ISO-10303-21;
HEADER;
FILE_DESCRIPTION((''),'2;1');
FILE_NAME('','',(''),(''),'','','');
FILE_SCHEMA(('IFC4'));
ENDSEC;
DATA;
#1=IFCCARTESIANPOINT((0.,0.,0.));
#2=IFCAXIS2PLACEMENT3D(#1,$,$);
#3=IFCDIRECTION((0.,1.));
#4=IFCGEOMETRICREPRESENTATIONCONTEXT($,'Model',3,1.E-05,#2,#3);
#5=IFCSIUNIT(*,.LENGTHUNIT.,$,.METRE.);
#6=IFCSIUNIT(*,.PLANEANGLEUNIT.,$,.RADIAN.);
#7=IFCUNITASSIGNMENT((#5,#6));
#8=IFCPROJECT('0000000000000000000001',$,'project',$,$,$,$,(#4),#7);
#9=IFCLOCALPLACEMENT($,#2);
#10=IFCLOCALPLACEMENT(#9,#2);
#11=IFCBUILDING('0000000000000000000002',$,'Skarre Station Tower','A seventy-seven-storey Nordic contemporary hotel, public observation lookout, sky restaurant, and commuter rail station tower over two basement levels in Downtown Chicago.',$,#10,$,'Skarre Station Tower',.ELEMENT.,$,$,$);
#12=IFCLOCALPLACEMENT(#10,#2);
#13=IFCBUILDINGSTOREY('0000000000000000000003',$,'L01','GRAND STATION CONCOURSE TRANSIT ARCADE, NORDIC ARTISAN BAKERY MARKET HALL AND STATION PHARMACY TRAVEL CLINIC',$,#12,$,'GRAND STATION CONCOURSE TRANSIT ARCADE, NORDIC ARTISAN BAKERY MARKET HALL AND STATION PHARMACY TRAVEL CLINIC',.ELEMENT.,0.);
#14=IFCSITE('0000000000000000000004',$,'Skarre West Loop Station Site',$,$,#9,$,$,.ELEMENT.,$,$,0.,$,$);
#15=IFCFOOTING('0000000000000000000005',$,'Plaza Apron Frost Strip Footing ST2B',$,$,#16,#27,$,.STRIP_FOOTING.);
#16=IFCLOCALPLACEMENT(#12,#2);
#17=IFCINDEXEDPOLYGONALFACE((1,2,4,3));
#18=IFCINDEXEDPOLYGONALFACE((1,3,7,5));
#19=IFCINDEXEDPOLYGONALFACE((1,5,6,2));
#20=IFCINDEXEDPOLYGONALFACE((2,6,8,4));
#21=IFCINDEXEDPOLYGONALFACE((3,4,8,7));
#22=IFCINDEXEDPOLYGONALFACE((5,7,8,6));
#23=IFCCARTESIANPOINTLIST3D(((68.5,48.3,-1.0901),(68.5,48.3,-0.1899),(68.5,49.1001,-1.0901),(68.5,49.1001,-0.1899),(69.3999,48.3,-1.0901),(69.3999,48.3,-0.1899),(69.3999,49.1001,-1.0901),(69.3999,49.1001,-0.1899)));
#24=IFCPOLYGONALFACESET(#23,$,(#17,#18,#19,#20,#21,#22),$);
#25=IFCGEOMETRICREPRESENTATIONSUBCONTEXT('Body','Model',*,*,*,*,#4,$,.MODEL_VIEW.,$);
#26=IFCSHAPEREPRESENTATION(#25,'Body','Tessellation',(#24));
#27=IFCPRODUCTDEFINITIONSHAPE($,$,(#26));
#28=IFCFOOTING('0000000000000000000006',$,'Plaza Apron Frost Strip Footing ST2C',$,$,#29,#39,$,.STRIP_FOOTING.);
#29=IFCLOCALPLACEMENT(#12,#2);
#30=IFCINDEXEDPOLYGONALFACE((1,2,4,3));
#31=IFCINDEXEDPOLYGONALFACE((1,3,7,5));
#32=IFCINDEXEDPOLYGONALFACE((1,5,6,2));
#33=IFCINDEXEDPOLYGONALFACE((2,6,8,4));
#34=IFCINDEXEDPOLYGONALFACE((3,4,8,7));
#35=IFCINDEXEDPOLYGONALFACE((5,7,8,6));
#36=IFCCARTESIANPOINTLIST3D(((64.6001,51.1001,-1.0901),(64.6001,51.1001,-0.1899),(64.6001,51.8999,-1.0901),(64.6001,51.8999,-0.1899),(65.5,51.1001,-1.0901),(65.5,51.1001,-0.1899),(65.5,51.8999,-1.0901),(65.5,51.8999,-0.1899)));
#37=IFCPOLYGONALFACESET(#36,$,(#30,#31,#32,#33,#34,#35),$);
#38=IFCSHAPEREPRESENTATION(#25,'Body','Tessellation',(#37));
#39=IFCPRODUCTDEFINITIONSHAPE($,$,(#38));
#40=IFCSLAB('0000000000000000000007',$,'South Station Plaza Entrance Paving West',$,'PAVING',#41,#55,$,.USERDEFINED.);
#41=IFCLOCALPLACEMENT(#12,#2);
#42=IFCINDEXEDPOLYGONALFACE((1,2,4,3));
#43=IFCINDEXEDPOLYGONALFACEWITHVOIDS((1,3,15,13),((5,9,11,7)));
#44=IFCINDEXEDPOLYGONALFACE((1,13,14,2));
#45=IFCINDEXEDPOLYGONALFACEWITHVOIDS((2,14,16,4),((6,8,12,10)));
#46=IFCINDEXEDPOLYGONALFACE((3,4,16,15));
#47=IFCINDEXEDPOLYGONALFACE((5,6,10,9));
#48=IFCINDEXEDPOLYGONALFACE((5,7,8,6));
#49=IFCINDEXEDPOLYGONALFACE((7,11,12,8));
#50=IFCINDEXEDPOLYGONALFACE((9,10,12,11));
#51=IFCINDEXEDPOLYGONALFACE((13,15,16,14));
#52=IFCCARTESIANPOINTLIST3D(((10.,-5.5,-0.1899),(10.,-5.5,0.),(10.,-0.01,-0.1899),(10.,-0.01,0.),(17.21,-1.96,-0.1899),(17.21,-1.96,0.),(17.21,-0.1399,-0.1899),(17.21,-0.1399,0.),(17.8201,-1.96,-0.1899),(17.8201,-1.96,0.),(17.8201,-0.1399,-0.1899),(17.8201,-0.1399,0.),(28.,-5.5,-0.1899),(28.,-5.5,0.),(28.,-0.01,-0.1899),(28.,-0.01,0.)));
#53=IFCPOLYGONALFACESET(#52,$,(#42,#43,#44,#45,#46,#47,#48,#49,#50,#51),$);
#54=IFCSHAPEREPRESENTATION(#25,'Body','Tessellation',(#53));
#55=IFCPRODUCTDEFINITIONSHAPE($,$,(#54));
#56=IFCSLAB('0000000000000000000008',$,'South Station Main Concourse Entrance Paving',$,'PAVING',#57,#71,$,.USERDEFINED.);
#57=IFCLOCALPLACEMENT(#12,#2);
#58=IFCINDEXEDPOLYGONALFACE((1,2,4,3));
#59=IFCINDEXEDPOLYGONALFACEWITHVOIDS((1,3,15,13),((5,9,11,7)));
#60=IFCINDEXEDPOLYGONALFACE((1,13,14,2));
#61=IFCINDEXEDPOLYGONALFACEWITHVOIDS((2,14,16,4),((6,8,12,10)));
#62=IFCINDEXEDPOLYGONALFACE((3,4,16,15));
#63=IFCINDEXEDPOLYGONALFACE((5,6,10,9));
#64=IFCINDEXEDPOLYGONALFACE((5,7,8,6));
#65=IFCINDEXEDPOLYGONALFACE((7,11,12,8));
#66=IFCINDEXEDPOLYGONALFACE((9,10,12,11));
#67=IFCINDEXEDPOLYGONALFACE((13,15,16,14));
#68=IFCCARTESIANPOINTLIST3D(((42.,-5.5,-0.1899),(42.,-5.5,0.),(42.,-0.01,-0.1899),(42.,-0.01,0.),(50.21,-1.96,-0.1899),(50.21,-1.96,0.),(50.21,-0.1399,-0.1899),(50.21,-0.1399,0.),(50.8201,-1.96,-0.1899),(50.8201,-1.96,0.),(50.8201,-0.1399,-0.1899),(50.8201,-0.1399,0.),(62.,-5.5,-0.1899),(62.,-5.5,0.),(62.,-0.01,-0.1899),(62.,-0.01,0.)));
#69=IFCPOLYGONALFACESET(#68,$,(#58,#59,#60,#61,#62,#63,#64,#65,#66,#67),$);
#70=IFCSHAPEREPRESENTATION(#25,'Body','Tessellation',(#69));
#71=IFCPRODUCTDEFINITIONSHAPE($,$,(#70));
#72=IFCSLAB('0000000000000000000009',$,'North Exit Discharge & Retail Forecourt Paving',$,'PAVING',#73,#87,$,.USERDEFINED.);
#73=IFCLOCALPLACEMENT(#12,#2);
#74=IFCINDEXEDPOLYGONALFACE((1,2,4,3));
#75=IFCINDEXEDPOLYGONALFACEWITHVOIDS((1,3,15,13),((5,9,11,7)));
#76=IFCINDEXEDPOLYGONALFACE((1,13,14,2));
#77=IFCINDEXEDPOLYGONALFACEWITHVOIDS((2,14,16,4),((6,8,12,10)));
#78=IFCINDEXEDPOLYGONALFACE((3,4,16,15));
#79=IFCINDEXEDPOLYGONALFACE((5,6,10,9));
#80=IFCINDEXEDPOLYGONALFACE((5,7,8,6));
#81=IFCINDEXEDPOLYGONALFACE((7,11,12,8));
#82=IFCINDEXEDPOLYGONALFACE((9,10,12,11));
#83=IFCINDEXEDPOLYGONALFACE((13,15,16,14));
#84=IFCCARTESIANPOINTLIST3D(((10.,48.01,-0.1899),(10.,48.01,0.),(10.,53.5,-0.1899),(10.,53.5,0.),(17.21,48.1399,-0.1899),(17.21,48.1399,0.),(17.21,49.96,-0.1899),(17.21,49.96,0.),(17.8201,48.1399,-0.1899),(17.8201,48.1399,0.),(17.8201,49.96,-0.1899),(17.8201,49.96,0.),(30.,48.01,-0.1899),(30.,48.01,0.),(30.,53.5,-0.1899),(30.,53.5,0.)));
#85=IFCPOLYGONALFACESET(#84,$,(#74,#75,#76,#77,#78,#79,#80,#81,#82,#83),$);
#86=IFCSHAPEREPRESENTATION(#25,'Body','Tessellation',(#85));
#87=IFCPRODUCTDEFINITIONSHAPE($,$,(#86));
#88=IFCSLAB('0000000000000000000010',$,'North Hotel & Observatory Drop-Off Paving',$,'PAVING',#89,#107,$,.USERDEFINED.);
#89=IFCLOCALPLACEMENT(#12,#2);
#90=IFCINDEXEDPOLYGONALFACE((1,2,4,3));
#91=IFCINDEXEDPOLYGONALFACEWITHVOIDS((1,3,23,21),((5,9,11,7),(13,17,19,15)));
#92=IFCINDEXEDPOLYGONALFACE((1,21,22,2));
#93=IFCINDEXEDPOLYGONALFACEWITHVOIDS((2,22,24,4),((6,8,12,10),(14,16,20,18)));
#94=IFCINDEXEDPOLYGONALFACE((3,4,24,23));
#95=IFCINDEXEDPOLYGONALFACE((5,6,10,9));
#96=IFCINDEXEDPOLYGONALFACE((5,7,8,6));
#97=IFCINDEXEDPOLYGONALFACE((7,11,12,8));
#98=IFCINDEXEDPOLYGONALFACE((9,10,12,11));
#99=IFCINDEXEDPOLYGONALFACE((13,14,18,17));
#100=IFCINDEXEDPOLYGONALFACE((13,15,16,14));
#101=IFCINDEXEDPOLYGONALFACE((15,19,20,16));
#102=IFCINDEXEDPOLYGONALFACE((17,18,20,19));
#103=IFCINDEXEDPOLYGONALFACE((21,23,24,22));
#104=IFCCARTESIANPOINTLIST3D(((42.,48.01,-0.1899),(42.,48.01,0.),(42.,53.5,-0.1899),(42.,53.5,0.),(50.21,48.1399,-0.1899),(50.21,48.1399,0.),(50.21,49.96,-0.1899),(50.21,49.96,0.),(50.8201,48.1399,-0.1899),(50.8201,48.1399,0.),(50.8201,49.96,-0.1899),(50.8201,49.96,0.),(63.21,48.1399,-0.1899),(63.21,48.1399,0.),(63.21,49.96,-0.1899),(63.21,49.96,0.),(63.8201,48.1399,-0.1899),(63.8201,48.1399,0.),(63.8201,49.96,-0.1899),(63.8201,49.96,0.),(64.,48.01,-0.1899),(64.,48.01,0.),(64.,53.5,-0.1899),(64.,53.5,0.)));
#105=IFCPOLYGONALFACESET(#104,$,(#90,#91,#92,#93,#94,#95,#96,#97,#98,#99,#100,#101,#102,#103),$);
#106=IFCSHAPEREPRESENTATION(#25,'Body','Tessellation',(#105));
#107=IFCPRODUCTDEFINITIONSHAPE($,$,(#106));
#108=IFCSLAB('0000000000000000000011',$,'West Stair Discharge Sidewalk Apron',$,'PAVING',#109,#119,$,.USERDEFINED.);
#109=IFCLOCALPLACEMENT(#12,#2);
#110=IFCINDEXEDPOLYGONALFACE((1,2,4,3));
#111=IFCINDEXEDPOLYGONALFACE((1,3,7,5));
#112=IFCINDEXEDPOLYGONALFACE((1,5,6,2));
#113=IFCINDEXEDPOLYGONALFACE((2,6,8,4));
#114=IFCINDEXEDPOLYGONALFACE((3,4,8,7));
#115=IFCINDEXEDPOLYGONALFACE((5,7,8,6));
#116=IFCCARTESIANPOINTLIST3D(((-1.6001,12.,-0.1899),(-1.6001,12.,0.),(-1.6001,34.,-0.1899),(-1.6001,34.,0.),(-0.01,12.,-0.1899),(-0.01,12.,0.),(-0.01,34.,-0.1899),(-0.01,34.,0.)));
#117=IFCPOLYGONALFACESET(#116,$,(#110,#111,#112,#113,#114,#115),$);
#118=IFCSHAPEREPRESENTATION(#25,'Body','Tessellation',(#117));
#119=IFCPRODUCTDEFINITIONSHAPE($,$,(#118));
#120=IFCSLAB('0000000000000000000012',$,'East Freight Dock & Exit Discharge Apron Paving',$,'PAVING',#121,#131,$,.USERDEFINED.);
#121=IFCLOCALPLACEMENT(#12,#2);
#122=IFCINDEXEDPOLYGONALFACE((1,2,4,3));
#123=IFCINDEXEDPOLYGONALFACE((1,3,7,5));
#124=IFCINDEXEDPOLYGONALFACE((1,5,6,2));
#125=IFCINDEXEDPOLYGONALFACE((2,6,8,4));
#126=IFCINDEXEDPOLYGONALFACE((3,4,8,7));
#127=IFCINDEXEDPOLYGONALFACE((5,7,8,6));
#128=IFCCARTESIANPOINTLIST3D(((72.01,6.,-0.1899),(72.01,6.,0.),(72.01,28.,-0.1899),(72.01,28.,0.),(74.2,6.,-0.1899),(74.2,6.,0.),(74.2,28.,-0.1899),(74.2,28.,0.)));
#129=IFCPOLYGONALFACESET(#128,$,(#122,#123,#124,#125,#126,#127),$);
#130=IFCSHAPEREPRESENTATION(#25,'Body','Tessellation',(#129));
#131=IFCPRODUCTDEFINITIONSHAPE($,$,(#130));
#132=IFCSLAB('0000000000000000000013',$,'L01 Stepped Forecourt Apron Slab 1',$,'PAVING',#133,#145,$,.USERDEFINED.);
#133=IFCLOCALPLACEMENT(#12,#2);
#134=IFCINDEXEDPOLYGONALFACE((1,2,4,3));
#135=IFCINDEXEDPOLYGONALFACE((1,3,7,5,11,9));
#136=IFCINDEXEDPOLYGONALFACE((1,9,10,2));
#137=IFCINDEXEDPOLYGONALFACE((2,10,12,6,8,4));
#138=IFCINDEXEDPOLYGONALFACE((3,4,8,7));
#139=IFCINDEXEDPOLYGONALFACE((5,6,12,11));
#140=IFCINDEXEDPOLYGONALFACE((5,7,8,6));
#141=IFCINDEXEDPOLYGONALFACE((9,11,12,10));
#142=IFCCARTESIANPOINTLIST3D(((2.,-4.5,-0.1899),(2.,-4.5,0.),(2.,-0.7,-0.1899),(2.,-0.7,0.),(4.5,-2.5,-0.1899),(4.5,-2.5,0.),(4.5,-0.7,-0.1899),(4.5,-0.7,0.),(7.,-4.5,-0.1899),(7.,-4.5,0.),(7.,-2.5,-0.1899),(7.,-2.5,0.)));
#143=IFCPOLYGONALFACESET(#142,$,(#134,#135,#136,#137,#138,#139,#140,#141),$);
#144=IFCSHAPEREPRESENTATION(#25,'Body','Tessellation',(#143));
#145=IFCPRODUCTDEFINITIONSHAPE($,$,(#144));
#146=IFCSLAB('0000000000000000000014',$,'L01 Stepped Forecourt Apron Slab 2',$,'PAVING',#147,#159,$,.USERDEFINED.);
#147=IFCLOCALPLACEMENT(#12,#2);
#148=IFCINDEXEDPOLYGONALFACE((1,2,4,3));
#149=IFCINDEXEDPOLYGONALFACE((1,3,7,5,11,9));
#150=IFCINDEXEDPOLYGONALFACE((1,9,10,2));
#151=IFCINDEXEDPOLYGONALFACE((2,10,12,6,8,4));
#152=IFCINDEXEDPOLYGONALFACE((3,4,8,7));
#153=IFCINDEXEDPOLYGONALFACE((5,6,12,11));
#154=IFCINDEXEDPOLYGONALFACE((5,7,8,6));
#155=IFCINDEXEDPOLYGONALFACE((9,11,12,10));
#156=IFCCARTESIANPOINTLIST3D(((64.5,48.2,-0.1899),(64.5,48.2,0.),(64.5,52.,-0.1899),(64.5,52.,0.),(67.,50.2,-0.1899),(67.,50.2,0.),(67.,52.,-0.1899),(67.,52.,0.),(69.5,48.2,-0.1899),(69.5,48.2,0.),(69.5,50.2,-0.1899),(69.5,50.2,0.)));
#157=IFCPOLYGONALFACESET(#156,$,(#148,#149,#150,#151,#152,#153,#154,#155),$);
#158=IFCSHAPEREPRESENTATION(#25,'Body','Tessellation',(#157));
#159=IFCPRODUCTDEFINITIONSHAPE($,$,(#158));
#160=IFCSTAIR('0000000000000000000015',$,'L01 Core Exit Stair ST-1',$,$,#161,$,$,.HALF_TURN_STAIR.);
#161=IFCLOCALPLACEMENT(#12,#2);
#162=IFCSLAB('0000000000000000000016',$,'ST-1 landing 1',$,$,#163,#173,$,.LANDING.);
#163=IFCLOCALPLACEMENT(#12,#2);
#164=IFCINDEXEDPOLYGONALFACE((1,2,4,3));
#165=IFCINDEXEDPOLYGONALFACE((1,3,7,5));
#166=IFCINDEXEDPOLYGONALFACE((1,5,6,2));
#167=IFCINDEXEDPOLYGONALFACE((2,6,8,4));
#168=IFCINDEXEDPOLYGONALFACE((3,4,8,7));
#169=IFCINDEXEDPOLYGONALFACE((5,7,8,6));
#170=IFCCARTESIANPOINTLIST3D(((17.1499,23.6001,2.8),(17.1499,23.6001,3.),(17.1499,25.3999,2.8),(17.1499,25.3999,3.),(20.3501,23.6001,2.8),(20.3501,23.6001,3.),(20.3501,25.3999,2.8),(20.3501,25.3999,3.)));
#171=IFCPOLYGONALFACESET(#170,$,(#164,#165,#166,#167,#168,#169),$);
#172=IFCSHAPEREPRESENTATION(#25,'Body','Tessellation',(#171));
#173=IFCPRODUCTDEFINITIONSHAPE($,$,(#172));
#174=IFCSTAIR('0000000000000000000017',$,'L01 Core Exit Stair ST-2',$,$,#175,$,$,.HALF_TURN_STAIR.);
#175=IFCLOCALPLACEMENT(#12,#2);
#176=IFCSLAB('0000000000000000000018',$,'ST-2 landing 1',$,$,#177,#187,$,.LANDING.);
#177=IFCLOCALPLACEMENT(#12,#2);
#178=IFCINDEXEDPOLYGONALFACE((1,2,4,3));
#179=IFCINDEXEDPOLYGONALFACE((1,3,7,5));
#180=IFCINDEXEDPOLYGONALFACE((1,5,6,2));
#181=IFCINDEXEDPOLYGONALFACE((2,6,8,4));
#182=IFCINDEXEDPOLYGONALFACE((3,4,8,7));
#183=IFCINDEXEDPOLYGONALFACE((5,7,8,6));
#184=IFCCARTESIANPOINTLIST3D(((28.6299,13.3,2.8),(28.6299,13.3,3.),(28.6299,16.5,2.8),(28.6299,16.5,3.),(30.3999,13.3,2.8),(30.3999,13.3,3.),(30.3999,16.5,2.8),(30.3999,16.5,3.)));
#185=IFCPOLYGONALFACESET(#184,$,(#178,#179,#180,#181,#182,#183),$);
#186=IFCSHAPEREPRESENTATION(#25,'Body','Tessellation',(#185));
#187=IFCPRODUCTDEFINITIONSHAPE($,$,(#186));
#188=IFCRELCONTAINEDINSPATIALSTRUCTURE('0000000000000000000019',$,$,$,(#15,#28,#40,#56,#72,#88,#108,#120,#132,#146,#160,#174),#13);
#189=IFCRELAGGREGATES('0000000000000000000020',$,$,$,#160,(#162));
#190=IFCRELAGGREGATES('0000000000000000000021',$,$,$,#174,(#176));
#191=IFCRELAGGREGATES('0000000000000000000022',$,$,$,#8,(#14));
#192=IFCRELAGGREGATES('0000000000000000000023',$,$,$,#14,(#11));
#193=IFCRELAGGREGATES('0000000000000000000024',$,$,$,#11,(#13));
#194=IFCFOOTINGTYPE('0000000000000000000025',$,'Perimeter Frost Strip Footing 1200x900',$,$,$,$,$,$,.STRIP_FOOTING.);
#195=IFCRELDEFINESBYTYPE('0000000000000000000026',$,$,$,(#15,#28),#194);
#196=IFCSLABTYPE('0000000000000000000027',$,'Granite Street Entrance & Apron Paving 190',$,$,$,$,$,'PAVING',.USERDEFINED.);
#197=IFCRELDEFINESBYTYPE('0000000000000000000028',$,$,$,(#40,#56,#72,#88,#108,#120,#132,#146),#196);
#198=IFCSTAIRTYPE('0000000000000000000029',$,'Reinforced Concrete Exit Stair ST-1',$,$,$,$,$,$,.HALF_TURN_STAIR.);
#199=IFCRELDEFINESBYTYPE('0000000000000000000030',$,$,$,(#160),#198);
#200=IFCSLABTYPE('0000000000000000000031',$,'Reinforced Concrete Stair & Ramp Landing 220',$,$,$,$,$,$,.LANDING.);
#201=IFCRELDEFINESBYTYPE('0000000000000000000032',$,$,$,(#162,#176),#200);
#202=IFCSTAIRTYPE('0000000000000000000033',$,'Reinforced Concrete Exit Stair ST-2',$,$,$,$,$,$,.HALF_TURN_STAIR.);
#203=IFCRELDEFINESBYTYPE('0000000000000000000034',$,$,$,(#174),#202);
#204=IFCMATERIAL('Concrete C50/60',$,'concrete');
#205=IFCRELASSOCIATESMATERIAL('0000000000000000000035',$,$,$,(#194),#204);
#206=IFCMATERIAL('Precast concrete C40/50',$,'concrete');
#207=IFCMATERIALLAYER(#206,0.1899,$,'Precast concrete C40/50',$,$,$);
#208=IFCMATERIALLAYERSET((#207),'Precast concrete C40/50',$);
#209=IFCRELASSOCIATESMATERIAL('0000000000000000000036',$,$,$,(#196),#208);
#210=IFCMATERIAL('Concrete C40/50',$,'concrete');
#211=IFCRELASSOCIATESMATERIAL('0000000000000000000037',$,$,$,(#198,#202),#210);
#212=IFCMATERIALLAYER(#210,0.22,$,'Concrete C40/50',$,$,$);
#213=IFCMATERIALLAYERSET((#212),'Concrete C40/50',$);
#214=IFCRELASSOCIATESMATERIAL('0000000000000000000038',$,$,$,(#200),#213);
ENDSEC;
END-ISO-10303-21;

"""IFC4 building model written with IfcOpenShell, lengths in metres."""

from ifc_helpers import new_model, si_unit, direction, frame, origin, place, context, subcontext, project, spatial, polyline, outline, extrude, material, layer, layer_set, type_object, element, aggregate, save


model = new_model("IFC4")

# Units and contexts
model_context = context("Model", 3, precision=1e-05, world=origin(), true_north=direction((0.0, 1.0)))
body_context = subcontext(model_context, "Body", "Model", "MODEL_VIEW")
ifc_project = project(units=[si_unit("LENGTHUNIT", "METRE"), si_unit("PLANEANGLEUNIT", "RADIAN")], contexts=[model_context])

# Site, building, storey
site_placement = place(None, origin())
site = spatial("IfcSite", under=ifc_project, at=site_placement, Name="Skarre West Loop Station Site", CompositionType="ELEMENT", RefElevation=0.0)
building_placement = place(site_placement, origin())
building = spatial("IfcBuilding", under=site, at=building_placement, Name="Skarre Station Tower", Description="A seventy-seven-storey Nordic contemporary hotel, public observation lookout, sky restaurant, and commuter rail station tower over two basement levels in Downtown Chicago.", LongName="Skarre Station Tower", CompositionType="ELEMENT")
storey_placement = place(building_placement, origin())
storey = spatial("IfcBuildingStorey", under=building, at=storey_placement, Name="L01", Description="GRAND STATION CONCOURSE TRANSIT ARCADE, NORDIC ARTISAN BAKERY MARKET HALL AND STATION PHARMACY TRAVEL CLINIC", LongName="GRAND STATION CONCOURSE TRANSIT ARCADE, NORDIC ARTISAN BAKERY MARKET HALL AND STATION PHARMACY TRAVEL CLINIC", CompositionType="ELEMENT", Elevation=0.0)

# Footings
ifc_material_1 = material(Name="Concrete C50/60", Category="concrete")
footing_type = type_object("IfcFootingType", Name="Perimeter Frost Strip Footing 1200x900", PredefinedType="STRIP_FOOTING", material=ifc_material_1)
footing_1_placement = place(storey_placement, frame((0.0, 0.0, -1.0901)))
element("IfcFooting", 1, at=footing_1_placement, inside=storey, type_object=footing_type, Name="Plaza Apron Frost Strip Footing ST2B", PredefinedType="STRIP_FOOTING", context=body_context, shape_type="SweptSolid", body=[
    extrude(outline(polyline([(68.5, 48.3), (69.3999, 48.3), (69.3999, 49.1001), (68.5, 49.1001), (68.5, 48.3)])), origin(), (0.0, 0.0, 1.0), 0.9001),
])
footing_2_placement = place(storey_placement, frame((0.0, 0.0, -1.0901)))
element("IfcFooting", 2, at=footing_2_placement, inside=storey, type_object=footing_type, Name="Plaza Apron Frost Strip Footing ST2C", PredefinedType="STRIP_FOOTING", context=body_context, shape_type="SweptSolid", body=[
    extrude(outline(polyline([(64.6001, 51.1001), (65.5, 51.1001), (65.5, 51.8999), (64.6001, 51.8999), (64.6001, 51.1001)])), origin(), (0.0, 0.0, 1.0), 0.9001),
])

# Slabs
ifc_material_2 = material(Name="Precast concrete C40/50", Category="concrete")
ifc_layer_1 = layer(ifc_material_2, 0.1899, Name="Precast concrete C40/50")
ifc_layer_set_1 = layer_set([ifc_layer_1], Name="Precast concrete C40/50")
slab_type_1 = type_object("IfcSlabType", Name="Granite Street Entrance & Apron Paving 190", ElementType="PAVING", PredefinedType="USERDEFINED", material=ifc_layer_set_1)
slab_1_placement = place(storey_placement, frame((0.0, 0.0, -0.1899)))
element("IfcSlab", 3, at=slab_1_placement, inside=storey, type_object=slab_type_1, Name="South Station Plaza Entrance Paving West", ObjectType="PAVING", PredefinedType="USERDEFINED", context=body_context, shape_type="SweptSolid", body=[
    extrude(outline(polyline([(10.0, -5.5), (28.0, -5.5), (28.0, -0.01), (10.0, -0.01), (10.0, -5.5)]), holes=[polyline([(17.21, -0.1399), (17.8201, -0.1399), (17.8201, -1.96), (17.21, -1.96), (17.21, -0.1399)])]), origin(), (0.0, 0.0, 1.0), 0.1899),
])
slab_2_placement = place(storey_placement, frame((0.0, 0.0, -0.1899)))
element("IfcSlab", 4, at=slab_2_placement, inside=storey, type_object=slab_type_1, Name="South Station Main Concourse Entrance Paving", ObjectType="PAVING", PredefinedType="USERDEFINED", context=body_context, shape_type="SweptSolid", body=[
    extrude(outline(polyline([(42.0, -5.5), (62.0, -5.5), (62.0, -0.01), (42.0, -0.01), (42.0, -5.5)]), holes=[polyline([(50.21, -0.1399), (50.8201, -0.1399), (50.8201, -1.96), (50.21, -1.96), (50.21, -0.1399)])]), origin(), (0.0, 0.0, 1.0), 0.1899),
])
slab_3_placement = place(storey_placement, frame((0.0, 0.0, -0.1899)))
element("IfcSlab", 5, at=slab_3_placement, inside=storey, type_object=slab_type_1, Name="North Exit Discharge & Retail Forecourt Paving", ObjectType="PAVING", PredefinedType="USERDEFINED", context=body_context, shape_type="SweptSolid", body=[
    extrude(outline(polyline([(10.0, 48.01), (30.0, 48.01), (30.0, 53.5), (10.0, 53.5), (10.0, 48.01)]), holes=[polyline([(17.21, 49.96), (17.8201, 49.96), (17.8201, 48.1399), (17.21, 48.1399), (17.21, 49.96)])]), origin(), (0.0, 0.0, 1.0), 0.1899),
])
slab_4_placement = place(storey_placement, frame((0.0, 0.0, -0.1899)))
element("IfcSlab", 6, at=slab_4_placement, inside=storey, type_object=slab_type_1, Name="North Hotel & Observatory Drop-Off Paving", ObjectType="PAVING", PredefinedType="USERDEFINED", context=body_context, shape_type="SweptSolid", body=[
    extrude(outline(polyline([(42.0, 48.01), (64.0, 48.01), (64.0, 53.5), (42.0, 53.5), (42.0, 48.01)]), holes=[polyline([(50.21, 49.96), (50.8201, 49.96), (50.8201, 48.1399), (50.21, 48.1399), (50.21, 49.96)]), polyline([(63.21, 49.96), (63.8201, 49.96), (63.8201, 48.1399), (63.21, 48.1399), (63.21, 49.96)])]), origin(), (0.0, 0.0, 1.0), 0.1899),
])
slab_5_placement = place(storey_placement, frame((0.0, 0.0, -0.1899)))
element("IfcSlab", 7, at=slab_5_placement, inside=storey, type_object=slab_type_1, Name="West Stair Discharge Sidewalk Apron", ObjectType="PAVING", PredefinedType="USERDEFINED", context=body_context, shape_type="SweptSolid", body=[
    extrude(outline(polyline([(-1.6001, 12.0), (-0.01, 12.0), (-0.01, 34.0), (-1.6001, 34.0), (-1.6001, 12.0)])), origin(), (0.0, 0.0, 1.0), 0.1899),
])
slab_6_placement = place(storey_placement, frame((0.0, 0.0, -0.1899)))
element("IfcSlab", 8, at=slab_6_placement, inside=storey, type_object=slab_type_1, Name="East Freight Dock & Exit Discharge Apron Paving", ObjectType="PAVING", PredefinedType="USERDEFINED", context=body_context, shape_type="SweptSolid", body=[
    extrude(outline(polyline([(72.01, 6.0), (74.2, 6.0), (74.2, 28.0), (72.01, 28.0), (72.01, 6.0)])), origin(), (0.0, 0.0, 1.0), 0.1899),
])
slab_7_placement = place(storey_placement, frame((0.0, 0.0, -0.1899)))
element("IfcSlab", 9, at=slab_7_placement, inside=storey, type_object=slab_type_1, Name="L01 Stepped Forecourt Apron Slab 1", ObjectType="PAVING", PredefinedType="USERDEFINED", context=body_context, shape_type="SweptSolid", body=[
    extrude(outline(polyline([(2.0, -4.5), (7.0, -4.5), (7.0, -2.5), (4.5, -2.5), (4.5, -0.7), (2.0, -0.7), (2.0, -4.5)])), origin(), (0.0, 0.0, 1.0), 0.1899),
])
slab_8_placement = place(storey_placement, frame((0.0, 0.0, -0.1899)))
element("IfcSlab", 10, at=slab_8_placement, inside=storey, type_object=slab_type_1, Name="L01 Stepped Forecourt Apron Slab 2", ObjectType="PAVING", PredefinedType="USERDEFINED", context=body_context, shape_type="SweptSolid", body=[
    extrude(outline(polyline([(64.5, 48.2), (69.5, 48.2), (69.5, 50.2), (67.0, 50.2), (67.0, 52.0), (64.5, 52.0), (64.5, 48.2)])), origin(), (0.0, 0.0, 1.0), 0.1899),
])

# Stairs, slabs
ifc_material_3 = material(Name="Concrete C40/50", Category="concrete")
stair_type_1 = type_object("IfcStairType", Name="Reinforced Concrete Exit Stair ST-1", PredefinedType="HALF_TURN_STAIR", material=ifc_material_3)
stair_1_placement = place(storey_placement, origin())
stair_1 = element("IfcStair", 11, at=stair_1_placement, inside=storey, type_object=stair_type_1, Name="L01 Core Exit Stair ST-1", PredefinedType="HALF_TURN_STAIR")
ifc_layer_2 = layer(ifc_material_3, 0.22, Name="Concrete C40/50")
ifc_layer_set_2 = layer_set([ifc_layer_2], Name="Concrete C40/50")
slab_type_2 = type_object("IfcSlabType", Name="Reinforced Concrete Stair & Ramp Landing 220", PredefinedType="LANDING", material=ifc_layer_set_2)
slab_9_placement = place(storey_placement, frame((0.0, 0.0, 2.8)))
slab_9 = element("IfcSlab", 12, at=slab_9_placement, type_object=slab_type_2, Name="ST-1 landing 1", PredefinedType="LANDING", context=body_context, shape_type="SweptSolid", body=[
    extrude(outline(polyline([(20.3501, 23.6001), (20.3501, 25.3999), (17.1499, 25.3999), (17.1499, 23.6001), (20.3501, 23.6001)])), origin(), (0.0, 0.0, 1.0), 0.2),
])
aggregate(stair_1, [slab_9])
stair_type_2 = type_object("IfcStairType", Name="Reinforced Concrete Exit Stair ST-2", PredefinedType="HALF_TURN_STAIR", material=ifc_material_3)
stair_2_placement = place(storey_placement, origin())
stair_2 = element("IfcStair", 13, at=stair_2_placement, inside=storey, type_object=stair_type_2, Name="L01 Core Exit Stair ST-2", PredefinedType="HALF_TURN_STAIR")
slab_10_placement = place(storey_placement, frame((0.0, 0.0, 2.8)))
slab_10 = element("IfcSlab", 14, at=slab_10_placement, type_object=slab_type_2, Name="ST-2 landing 1", PredefinedType="LANDING", context=body_context, shape_type="SweptSolid", body=[
    extrude(outline(polyline([(28.6299, 13.3), (30.3999, 13.3), (30.3999, 16.5), (28.6299, 16.5), (28.6299, 13.3)])), origin(), (0.0, 0.0, 1.0), 0.2),
])
aggregate(stair_2, [slab_10])

save(model, "model.ifc")
